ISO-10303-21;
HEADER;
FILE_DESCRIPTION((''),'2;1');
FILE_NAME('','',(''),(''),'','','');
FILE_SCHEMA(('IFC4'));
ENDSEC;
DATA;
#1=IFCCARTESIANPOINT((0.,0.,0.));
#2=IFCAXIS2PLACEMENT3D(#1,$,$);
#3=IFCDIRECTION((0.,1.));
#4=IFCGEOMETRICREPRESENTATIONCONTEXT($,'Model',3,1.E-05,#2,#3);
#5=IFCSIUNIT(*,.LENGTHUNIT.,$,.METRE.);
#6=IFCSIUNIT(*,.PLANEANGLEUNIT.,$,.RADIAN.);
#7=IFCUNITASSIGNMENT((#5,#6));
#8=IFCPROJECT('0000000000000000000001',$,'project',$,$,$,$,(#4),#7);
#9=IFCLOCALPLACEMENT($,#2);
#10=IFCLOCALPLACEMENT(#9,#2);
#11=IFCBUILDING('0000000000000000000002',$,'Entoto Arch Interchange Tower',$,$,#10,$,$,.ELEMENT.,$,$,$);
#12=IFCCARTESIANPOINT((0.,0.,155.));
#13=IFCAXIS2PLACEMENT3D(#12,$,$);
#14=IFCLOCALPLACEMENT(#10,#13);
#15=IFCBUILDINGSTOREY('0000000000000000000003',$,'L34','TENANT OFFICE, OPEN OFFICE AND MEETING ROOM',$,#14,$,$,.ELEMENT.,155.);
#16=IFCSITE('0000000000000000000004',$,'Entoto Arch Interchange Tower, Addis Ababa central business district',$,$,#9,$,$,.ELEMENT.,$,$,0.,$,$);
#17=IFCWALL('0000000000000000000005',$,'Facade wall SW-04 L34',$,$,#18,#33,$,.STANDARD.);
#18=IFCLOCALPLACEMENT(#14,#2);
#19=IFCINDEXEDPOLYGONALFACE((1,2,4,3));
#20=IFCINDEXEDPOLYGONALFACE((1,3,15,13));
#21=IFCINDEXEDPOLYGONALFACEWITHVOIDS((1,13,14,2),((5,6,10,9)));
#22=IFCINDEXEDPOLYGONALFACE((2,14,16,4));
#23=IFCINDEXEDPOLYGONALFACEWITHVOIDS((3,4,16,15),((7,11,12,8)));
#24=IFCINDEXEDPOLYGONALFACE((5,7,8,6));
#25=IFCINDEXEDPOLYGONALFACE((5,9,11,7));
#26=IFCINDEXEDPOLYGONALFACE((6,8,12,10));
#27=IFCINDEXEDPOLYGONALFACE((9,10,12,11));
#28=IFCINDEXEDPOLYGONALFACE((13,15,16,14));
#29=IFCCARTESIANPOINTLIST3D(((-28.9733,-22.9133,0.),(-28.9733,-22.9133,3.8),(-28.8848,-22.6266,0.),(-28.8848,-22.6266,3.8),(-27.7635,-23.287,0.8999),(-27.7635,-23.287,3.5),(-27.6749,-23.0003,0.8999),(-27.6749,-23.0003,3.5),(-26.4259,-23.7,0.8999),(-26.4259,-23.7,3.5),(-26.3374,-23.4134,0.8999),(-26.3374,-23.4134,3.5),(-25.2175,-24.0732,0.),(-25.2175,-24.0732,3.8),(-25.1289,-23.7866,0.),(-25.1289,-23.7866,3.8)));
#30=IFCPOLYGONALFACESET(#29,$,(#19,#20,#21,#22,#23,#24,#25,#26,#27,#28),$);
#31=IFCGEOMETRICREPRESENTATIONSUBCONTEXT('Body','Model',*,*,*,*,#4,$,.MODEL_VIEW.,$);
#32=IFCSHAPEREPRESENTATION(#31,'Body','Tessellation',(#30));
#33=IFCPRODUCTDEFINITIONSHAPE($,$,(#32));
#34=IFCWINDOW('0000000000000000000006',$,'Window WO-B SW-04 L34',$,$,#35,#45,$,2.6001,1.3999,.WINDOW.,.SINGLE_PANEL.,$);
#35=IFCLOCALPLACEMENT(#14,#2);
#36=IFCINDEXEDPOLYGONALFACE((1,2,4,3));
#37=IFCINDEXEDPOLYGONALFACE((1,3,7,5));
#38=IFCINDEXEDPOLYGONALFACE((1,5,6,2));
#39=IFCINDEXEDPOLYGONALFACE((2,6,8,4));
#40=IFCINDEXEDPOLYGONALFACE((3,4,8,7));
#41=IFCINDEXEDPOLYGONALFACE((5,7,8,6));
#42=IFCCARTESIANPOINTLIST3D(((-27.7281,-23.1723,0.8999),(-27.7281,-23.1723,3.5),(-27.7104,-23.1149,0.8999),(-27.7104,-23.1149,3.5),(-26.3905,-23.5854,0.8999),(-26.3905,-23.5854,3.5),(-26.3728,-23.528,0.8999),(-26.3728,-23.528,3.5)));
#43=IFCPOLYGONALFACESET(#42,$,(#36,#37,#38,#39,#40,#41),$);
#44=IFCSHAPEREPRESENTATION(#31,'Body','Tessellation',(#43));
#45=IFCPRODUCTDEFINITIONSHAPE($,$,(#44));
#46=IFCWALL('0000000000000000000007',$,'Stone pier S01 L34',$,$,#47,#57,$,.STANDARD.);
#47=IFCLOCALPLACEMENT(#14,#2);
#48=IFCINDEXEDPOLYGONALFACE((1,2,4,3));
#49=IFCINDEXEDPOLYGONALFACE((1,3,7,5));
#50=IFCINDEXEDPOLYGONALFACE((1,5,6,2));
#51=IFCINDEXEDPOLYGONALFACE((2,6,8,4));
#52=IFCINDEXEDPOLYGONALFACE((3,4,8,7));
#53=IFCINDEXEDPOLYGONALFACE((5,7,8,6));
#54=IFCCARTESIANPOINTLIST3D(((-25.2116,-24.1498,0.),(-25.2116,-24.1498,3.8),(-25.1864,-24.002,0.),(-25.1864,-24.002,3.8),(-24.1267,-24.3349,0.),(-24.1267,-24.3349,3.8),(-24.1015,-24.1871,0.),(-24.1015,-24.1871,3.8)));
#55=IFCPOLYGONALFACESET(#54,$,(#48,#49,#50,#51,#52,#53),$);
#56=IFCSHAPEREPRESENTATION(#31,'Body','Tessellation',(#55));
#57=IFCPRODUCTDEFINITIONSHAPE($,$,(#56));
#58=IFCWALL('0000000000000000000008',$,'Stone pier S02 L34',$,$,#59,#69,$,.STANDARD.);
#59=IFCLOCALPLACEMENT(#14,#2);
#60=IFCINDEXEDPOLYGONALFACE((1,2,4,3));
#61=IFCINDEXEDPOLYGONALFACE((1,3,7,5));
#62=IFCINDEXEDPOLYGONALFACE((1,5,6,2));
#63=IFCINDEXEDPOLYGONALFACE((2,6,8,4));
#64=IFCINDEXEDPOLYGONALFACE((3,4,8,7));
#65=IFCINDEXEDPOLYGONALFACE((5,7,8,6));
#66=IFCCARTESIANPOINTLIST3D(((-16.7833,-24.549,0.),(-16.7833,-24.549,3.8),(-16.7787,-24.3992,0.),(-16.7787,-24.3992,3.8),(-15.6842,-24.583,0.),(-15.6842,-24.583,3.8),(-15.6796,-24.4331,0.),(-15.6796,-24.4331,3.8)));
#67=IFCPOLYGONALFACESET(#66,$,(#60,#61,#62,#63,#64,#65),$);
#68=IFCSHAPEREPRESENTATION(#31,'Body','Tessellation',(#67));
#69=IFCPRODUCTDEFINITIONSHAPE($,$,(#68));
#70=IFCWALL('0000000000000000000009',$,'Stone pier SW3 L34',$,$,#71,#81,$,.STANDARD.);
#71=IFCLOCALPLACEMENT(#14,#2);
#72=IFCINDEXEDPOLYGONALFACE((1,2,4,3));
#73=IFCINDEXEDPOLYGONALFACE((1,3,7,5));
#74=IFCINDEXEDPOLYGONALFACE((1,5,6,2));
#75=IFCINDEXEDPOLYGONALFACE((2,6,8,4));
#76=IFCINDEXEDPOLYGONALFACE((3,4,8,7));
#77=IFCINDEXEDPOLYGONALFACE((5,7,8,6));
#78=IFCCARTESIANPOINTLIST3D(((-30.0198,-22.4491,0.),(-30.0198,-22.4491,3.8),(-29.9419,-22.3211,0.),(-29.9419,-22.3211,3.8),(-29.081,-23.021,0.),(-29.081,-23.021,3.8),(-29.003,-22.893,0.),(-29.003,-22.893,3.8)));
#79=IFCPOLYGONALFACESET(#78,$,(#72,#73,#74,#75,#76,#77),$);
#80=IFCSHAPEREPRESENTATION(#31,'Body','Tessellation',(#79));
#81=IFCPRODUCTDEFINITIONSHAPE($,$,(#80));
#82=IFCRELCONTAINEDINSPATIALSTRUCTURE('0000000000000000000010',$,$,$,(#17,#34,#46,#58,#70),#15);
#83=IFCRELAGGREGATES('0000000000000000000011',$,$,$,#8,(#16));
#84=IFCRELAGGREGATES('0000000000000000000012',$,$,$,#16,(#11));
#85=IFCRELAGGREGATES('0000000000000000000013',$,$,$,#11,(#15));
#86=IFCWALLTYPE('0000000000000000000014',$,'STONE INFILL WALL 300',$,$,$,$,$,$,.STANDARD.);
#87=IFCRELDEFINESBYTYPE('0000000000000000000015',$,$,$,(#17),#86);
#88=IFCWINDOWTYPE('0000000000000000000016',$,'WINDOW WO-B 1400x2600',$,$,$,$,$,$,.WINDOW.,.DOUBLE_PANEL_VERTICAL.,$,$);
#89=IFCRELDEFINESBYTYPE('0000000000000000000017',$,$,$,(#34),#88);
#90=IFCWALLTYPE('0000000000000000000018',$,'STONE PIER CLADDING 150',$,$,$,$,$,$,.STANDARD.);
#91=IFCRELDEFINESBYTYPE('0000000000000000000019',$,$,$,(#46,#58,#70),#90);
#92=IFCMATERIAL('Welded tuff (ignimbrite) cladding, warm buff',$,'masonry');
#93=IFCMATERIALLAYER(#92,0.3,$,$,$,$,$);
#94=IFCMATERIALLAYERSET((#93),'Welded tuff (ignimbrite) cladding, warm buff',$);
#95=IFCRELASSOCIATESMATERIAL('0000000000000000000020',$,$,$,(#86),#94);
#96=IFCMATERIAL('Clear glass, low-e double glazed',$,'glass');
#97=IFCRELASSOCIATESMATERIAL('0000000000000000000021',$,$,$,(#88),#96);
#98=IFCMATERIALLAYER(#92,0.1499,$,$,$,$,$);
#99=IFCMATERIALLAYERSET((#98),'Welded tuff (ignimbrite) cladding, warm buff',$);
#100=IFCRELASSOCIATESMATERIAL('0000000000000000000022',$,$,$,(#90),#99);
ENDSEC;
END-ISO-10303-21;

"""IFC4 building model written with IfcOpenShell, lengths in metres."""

from ifc_helpers import new_model, si_unit, direction, frame, frame_2d, origin, place, context, subcontext, project, spatial, rectangle, extrude, material, layer, layer_set, type_object, element, fill, save


model = new_model("IFC4")

# Units and contexts
model_context = context("Model", 3, precision=1e-05, world=origin(), true_north=direction((0.0, 1.0)))
body_context = subcontext(model_context, "Body", "Model", "MODEL_VIEW")
ifc_project = project(units=[si_unit("LENGTHUNIT", "METRE"), si_unit("PLANEANGLEUNIT", "RADIAN")], contexts=[model_context])

# Site, building, storey
site_placement = place(None, origin())
site = spatial("IfcSite", under=ifc_project, at=site_placement, Name="Entoto Arch Interchange Tower, Addis Ababa central business district", CompositionType="ELEMENT", RefElevation=0.0)
building_placement = place(site_placement, origin())
building = spatial("IfcBuilding", under=site, at=building_placement, Name="Entoto Arch Interchange Tower", CompositionType="ELEMENT")
storey_placement = place(building_placement, frame((0.0, 0.0, 155.0)))
storey = spatial("IfcBuildingStorey", under=building, at=storey_placement, Name="L34", Description="TENANT OFFICE, OPEN OFFICE AND MEETING ROOM", CompositionType="ELEMENT", Elevation=155.0)

# Shared definitions
ifc_material_1 = material(Name="Welded tuff (ignimbrite) cladding, warm buff", Category="masonry")
ifc_layer_1 = layer(ifc_material_1, 0.3)
ifc_layer_set_1 = layer_set([ifc_layer_1], Name="Welded tuff (ignimbrite) cladding, warm buff")
wall_type_1 = type_object("IfcWallType", Name="STONE INFILL WALL 300", PredefinedType="STANDARD", material=ifc_layer_set_1)
ifc_material_2 = material(Name="Clear glass, low-e double glazed", Category="glass")

# Wall, opening, window
window_type_1 = type_object("IfcWindowType", Name="WINDOW WO-B 1400x2600", PartitioningType="DOUBLE_PANEL_VERTICAL", PredefinedType="WINDOW", material=ifc_material_2)
wall_1_placement = place(storey_placement, frame((-28.929, -22.77, 0.0), z_axis=(0.0, 0.0, 1.0), x_axis=(0.955474, -0.295076, 0.0)))
wall_1 = element("IfcWall", 1, at=wall_1_placement, inside=storey, type_object=wall_type_1, Name="Facade wall SW-04 L34", PredefinedType="STANDARD", context=body_context, shape_type="SweptSolid", body=[
    extrude(rectangle(XDim=3.9309, YDim=0.3, at=frame_2d((1.9653, 0.0))), origin(), (0.0, 0.0, 1.0), 3.8),
])
opening_1_placement = place(wall_1_placement, frame((1.2661, 0.0, 0.8999)))
opening_1 = element("IfcOpeningElement", 2, at=opening_1_placement, cuts=wall_1, PredefinedType="OPENING", context=body_context, shape_type="SweptSolid", body=[
    extrude(rectangle(XDim=1.3999, YDim=2.6001, at=frame_2d((0.7, 1.3))), frame((0.0, 0.1602, 0.0), z_axis=(0.0, -1.0, 0.0), x_axis=(1.0, 0.0, 0.0)), (0.0, 0.0, 1.0), 0.3201),
])
window_1_placement = place(opening_1_placement, origin())
window_1 = element("IfcWindow", 3, at=window_1_placement, inside=storey, type_object=window_type_1, Name="Window WO-B SW-04 L34", OverallHeight=2.6001, OverallWidth=1.3999, PartitioningType="SINGLE_PANEL", PredefinedType="WINDOW", context=body_context, shape_type="SweptSolid", body=[
    extrude(rectangle(XDim=1.3999, YDim=2.6001, at=frame_2d((0.7, 1.3))), frame((0.0, 0.03, 0.0), z_axis=(0.0, -1.0, 0.0), x_axis=(1.0, 0.0, 0.0)), (0.0, 0.0, 1.0), 0.0601),
])
fill(opening_1, window_1)

# Walls
ifc_layer_2 = layer(ifc_material_1, 0.1499)
ifc_layer_set_2 = layer_set([ifc_layer_2], Name="Welded tuff (ignimbrite) cladding, warm buff")
wall_type_2 = type_object("IfcWallType", Name="STONE PIER CLADDING 150", PredefinedType="STANDARD", material=ifc_layer_set_2)
wall_2_placement = place(storey_placement, frame((-25.199, -24.0759, 0.0), z_axis=(0.0, 0.0, 1.0), x_axis=(0.985763, -0.168139, 0.0)))
element("IfcWall", 4, at=wall_2_placement, inside=storey, type_object=wall_type_2, Name="Stone pier S01 L34", PredefinedType="STANDARD", context=body_context, shape_type="SweptSolid", body=[
    extrude(rectangle(XDim=1.1006, YDim=0.1499, at=frame_2d((0.5503, 0.0))), origin(), (0.0, 0.0, 1.0), 3.8),
])
wall_3_placement = place(storey_placement, frame((-16.781, -24.4741, 0.0), z_axis=(0.0, 0.0, 1.0), x_axis=(0.999524, -0.03086, 0.0)))
element("IfcWall", 5, at=wall_3_placement, inside=storey, type_object=wall_type_2, Name="Stone pier S02 L34", PredefinedType="STANDARD", context=body_context, shape_type="SweptSolid", body=[
    extrude(rectangle(XDim=1.0996, YDim=0.1499, at=frame_2d((0.5498, 0.0))), origin(), (0.0, 0.0, 1.0), 3.8),
])
wall_4_placement = place(storey_placement, frame((-29.981, -22.385, 0.0), z_axis=(0.0, 0.0, 1.0), x_axis=(0.854006, -0.520264, 0.0)))
element("IfcWall", 6, at=wall_4_placement, inside=storey, type_object=wall_type_2, Name="Stone pier SW3 L34", PredefinedType="STANDARD", context=body_context, shape_type="SweptSolid", body=[
    extrude(rectangle(XDim=1.0994, YDim=0.1499, at=frame_2d((0.5498, 0.0))), origin(), (0.0, 0.0, 1.0), 3.8),
])

save(model, "model.ifc")
